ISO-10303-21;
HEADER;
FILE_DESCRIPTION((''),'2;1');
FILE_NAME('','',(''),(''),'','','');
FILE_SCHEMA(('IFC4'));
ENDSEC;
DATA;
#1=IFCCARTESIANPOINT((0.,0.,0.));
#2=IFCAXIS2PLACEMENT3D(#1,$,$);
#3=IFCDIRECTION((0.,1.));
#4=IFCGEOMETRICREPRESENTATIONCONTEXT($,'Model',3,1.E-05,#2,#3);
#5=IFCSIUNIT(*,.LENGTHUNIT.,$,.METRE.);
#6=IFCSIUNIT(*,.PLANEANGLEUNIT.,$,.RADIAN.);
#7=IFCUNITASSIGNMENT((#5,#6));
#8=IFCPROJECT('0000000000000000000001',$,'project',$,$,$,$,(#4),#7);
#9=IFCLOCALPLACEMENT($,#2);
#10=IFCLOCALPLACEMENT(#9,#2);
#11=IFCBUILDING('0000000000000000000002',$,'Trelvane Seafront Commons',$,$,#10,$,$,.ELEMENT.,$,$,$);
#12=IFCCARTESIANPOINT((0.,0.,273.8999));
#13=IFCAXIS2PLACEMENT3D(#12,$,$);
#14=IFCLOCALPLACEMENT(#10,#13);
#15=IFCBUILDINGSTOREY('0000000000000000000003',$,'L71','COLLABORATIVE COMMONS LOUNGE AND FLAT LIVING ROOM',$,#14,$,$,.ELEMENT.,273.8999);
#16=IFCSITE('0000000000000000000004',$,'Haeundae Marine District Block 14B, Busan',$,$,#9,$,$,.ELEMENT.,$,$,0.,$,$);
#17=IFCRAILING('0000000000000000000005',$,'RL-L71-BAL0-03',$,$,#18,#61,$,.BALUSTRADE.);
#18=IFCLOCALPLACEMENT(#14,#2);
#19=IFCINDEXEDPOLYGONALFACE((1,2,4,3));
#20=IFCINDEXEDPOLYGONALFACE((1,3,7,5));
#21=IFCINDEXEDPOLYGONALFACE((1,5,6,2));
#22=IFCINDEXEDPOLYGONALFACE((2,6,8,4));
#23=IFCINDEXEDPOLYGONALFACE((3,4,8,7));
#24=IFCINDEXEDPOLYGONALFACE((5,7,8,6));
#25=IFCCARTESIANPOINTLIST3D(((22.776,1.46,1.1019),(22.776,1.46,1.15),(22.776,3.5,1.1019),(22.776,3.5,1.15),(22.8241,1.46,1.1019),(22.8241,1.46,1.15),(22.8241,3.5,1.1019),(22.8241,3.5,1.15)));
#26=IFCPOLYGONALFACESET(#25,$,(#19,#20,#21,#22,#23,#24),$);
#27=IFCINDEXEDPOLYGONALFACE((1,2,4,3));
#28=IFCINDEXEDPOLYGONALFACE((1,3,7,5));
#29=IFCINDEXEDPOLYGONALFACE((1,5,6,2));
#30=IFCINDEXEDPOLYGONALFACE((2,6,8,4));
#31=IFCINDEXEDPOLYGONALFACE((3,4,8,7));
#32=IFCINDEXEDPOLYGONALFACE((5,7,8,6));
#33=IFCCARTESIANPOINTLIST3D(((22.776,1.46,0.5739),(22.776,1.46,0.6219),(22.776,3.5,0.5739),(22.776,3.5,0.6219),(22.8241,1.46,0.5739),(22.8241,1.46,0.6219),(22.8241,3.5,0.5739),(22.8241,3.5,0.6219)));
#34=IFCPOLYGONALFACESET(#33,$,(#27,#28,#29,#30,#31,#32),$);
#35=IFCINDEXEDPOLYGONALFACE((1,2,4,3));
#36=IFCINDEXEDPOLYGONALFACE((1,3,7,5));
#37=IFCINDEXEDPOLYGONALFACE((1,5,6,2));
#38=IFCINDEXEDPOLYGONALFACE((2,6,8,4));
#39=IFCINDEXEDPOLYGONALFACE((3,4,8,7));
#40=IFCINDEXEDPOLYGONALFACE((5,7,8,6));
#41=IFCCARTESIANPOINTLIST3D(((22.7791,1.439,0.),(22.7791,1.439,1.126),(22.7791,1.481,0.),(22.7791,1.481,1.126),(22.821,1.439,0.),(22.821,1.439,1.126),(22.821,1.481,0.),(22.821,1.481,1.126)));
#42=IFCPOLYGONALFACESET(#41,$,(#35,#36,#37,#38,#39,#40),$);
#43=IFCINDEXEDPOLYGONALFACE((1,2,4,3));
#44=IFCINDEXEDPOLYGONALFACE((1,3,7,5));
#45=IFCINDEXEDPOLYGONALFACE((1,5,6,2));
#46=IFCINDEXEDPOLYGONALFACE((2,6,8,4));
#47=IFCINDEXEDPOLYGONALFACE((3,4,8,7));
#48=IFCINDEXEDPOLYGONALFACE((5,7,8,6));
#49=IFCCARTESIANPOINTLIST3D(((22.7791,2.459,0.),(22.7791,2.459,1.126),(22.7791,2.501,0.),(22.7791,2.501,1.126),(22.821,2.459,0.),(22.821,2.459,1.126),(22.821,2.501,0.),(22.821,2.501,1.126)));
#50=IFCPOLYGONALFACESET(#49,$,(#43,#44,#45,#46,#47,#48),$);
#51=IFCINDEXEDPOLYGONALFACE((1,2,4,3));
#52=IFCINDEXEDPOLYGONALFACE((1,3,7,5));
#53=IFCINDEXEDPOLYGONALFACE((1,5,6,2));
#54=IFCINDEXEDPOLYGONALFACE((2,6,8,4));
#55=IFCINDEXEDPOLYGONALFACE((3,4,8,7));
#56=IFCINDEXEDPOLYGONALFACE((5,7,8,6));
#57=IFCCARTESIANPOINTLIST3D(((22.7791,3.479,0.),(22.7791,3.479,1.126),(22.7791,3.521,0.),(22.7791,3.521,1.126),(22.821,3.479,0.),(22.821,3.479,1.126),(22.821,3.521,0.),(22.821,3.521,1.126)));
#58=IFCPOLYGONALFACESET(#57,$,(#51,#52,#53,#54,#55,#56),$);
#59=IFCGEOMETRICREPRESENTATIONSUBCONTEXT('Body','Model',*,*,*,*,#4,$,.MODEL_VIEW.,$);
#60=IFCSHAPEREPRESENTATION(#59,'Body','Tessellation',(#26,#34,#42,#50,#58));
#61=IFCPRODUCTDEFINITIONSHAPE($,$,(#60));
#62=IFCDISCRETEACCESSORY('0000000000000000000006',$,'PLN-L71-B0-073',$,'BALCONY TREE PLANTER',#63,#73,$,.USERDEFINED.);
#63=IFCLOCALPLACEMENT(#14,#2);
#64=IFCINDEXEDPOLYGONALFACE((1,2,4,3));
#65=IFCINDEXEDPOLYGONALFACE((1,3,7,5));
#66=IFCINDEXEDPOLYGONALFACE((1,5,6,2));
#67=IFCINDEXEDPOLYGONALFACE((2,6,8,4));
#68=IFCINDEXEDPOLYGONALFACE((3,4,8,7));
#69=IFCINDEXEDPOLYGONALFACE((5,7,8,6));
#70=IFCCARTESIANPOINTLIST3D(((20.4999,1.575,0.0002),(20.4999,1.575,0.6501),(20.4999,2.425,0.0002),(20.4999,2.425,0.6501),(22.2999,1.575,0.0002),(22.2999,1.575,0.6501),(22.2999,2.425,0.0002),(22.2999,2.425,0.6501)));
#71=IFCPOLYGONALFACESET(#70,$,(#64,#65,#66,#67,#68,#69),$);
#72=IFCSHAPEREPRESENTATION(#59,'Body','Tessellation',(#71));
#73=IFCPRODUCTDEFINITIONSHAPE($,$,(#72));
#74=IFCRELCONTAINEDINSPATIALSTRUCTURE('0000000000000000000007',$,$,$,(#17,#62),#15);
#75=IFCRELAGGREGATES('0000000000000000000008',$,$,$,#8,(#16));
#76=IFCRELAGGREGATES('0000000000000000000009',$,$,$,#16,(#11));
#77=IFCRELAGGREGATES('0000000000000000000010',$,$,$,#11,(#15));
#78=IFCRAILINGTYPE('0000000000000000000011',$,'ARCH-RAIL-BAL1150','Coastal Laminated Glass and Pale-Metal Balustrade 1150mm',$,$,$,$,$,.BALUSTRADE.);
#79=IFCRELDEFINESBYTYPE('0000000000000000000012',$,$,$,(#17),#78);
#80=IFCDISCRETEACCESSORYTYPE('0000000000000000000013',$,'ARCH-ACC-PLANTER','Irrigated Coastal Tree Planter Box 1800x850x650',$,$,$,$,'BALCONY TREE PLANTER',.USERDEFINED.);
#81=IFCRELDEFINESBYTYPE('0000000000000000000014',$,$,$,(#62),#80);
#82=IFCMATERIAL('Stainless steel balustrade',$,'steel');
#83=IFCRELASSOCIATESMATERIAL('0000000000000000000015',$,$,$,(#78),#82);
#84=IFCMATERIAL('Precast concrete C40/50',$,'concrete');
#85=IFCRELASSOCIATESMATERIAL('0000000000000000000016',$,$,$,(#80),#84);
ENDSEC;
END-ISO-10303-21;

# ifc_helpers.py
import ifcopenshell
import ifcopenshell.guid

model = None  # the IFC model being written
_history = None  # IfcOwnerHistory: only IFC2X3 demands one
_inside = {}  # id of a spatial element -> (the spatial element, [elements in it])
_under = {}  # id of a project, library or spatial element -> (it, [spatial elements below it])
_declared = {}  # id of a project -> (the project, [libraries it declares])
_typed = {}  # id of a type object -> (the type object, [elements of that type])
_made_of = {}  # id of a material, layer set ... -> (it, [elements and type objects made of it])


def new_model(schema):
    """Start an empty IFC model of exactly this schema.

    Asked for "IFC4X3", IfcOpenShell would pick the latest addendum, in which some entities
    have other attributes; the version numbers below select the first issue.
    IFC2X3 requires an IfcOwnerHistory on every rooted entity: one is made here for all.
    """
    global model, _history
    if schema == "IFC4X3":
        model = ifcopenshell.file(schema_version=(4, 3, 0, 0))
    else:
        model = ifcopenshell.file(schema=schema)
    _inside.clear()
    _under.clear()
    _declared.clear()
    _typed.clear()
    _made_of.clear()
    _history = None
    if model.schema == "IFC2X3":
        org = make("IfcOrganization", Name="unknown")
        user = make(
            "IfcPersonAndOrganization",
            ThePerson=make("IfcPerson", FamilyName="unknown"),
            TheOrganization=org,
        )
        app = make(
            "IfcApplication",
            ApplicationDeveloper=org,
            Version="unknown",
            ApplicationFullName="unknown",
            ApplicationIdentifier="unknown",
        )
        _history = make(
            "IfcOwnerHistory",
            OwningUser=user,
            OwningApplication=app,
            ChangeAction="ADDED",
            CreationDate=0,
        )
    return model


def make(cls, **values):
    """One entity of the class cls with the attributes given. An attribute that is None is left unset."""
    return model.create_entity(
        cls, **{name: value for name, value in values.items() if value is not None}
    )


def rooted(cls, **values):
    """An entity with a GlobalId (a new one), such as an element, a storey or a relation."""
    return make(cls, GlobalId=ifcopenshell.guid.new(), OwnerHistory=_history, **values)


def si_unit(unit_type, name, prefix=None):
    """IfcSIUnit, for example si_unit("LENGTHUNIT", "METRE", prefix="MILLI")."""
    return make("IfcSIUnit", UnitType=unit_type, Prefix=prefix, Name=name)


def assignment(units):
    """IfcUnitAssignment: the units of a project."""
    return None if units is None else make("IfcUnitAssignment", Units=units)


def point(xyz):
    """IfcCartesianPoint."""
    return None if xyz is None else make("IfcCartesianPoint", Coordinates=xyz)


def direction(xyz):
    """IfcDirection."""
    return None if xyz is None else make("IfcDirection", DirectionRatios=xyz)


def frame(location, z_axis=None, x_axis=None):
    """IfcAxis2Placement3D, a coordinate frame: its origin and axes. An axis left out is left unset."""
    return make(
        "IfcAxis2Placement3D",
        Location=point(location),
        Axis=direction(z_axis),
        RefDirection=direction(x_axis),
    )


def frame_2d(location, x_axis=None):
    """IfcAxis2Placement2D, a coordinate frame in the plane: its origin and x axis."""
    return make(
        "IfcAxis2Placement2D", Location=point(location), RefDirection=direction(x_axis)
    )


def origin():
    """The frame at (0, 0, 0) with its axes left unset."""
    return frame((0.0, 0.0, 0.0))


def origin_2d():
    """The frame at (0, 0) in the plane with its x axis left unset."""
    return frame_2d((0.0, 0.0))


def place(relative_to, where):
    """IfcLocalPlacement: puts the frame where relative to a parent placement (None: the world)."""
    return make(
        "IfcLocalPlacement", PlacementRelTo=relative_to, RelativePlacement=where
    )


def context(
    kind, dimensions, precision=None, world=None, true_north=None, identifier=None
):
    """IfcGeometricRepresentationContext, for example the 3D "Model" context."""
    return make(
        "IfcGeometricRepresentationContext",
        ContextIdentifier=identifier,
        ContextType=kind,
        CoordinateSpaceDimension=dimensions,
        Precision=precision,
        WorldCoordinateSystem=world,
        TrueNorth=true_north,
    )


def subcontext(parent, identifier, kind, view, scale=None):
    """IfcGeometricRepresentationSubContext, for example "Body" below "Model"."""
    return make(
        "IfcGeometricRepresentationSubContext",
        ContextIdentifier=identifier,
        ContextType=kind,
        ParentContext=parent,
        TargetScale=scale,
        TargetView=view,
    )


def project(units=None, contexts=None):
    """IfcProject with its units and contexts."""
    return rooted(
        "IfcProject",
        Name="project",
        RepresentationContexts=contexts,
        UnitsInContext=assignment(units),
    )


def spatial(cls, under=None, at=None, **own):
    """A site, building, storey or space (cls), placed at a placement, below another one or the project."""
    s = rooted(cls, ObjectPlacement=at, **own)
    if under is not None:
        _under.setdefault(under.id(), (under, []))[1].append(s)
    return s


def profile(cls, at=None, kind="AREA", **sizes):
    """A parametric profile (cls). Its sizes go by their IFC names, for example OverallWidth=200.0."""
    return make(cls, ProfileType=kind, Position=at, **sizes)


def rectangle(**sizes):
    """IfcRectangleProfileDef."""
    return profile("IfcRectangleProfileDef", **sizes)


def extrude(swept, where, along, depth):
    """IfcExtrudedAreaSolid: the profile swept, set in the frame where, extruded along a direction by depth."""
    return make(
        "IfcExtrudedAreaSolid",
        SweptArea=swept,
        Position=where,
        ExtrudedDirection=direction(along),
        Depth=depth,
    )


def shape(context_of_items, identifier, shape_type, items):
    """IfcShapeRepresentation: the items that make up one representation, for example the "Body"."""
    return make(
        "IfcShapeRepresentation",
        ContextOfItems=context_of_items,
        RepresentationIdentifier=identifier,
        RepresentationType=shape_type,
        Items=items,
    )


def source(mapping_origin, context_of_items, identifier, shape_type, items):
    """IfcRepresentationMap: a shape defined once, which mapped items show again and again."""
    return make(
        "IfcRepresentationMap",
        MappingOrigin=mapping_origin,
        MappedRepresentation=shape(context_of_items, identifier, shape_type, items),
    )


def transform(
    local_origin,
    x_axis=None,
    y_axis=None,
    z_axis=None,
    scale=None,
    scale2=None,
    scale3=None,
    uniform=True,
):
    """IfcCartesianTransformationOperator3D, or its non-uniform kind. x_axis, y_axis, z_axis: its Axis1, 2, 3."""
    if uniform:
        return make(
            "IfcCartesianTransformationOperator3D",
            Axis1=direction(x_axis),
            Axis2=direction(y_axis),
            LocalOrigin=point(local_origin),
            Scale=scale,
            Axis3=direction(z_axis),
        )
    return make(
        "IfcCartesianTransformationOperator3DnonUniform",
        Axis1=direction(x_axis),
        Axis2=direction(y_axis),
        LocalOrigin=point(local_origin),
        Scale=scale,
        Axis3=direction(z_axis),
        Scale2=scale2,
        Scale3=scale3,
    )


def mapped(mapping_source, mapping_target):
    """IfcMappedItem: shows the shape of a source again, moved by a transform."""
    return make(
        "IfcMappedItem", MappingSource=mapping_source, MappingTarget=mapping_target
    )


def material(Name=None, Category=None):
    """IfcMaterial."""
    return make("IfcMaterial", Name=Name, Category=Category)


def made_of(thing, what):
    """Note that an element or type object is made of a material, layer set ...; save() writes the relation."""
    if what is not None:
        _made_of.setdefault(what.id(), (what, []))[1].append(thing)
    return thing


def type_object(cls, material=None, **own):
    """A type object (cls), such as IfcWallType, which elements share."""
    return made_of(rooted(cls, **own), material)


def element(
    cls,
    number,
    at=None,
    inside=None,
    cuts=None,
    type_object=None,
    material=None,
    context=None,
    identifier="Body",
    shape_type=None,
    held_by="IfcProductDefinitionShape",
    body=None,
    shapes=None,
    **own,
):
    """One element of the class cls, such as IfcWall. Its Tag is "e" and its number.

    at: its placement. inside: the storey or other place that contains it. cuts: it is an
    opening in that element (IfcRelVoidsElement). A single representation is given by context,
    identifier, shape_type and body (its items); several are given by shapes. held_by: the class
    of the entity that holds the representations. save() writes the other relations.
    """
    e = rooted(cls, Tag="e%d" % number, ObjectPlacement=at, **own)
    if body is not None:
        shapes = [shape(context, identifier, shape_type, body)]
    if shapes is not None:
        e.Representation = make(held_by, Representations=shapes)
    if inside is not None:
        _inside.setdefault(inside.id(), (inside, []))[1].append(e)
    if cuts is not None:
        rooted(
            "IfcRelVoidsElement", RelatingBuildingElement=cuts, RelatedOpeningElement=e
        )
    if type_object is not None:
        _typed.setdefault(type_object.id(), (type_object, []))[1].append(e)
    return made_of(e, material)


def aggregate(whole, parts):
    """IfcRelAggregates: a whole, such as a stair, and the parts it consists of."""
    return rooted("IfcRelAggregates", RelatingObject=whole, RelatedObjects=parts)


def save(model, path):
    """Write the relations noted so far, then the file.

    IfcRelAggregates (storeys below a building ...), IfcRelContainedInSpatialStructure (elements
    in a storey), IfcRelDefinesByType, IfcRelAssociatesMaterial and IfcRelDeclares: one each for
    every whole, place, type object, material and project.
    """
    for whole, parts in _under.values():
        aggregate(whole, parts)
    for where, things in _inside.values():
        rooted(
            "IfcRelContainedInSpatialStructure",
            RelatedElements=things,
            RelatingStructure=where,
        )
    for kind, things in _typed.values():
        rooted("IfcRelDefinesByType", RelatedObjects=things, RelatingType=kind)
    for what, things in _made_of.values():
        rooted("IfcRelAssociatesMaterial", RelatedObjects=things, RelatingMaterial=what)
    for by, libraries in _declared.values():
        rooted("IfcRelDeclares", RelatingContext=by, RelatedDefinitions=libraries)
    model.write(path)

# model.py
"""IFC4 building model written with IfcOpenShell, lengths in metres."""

from ifc_helpers import new_model, si_unit, direction, frame, origin, origin_2d, place, context, subcontext, project, spatial, rectangle, extrude, source, transform, mapped, material, type_object, element, save


model = new_model("IFC4")

# Units and contexts
model_context = context("Model", 3, precision=1e-05, world=origin(), true_north=direction((0.0, 1.0)))
body_context = subcontext(model_context, "Body", "Model", "MODEL_VIEW")
ifc_project = project(units=[si_unit("LENGTHUNIT", "METRE"), si_unit("PLANEANGLEUNIT", "RADIAN")], contexts=[model_context])

# Site, building, storey
site_placement = place(None, origin())
site = spatial("IfcSite", under=ifc_project, at=site_placement, Name="Haeundae Marine District Block 14B, Busan", CompositionType="ELEMENT", RefElevation=0.0)
building_placement = place(site_placement, origin())
building = spatial("IfcBuilding", under=site, at=building_placement, Name="Trelvane Seafront Commons", CompositionType="ELEMENT")
storey_placement = place(building_placement, frame((0.0, 0.0, 273.8999)))
storey = spatial("IfcBuildingStorey", under=building, at=storey_placement, Name="L71", Description="COLLABORATIVE COMMONS LOUNGE AND FLAT LIVING ROOM", CompositionType="ELEMENT", Elevation=273.8999)

# Railing
ifc_material_1 = material(Name="Stainless steel balustrade", Category="steel")
railing_type = type_object("IfcRailingType", Name="ARCH-RAIL-BAL1150", Description="Coastal Laminated Glass and Pale-Metal Balustrade 1150mm", PredefinedType="BALUSTRADE", material=ifc_material_1)
railing_1_placement = place(storey_placement, frame((22.8, 1.46, 0.0)))
element("IfcRailing", 1, at=railing_1_placement, inside=storey, type_object=railing_type, Name="RL-L71-BAL0-03", PredefinedType="BALUSTRADE", context=body_context, shape_type="SweptSolid", body=[
    extrude(rectangle(XDim=0.0481, YDim=0.0481, at=origin_2d()), frame((0.0, 0.0, 1.126), z_axis=(0.0, 1.0, 0.0), x_axis=(-1.0, 0.0, 0.0)), (0.0, 0.0, 1.0), 2.04),
    extrude(rectangle(XDim=0.0481, YDim=0.0481, at=origin_2d()), frame((0.0, 0.0, 0.5979), z_axis=(0.0, 1.0, 0.0), x_axis=(-1.0, 0.0, 0.0)), (0.0, 0.0, 1.0), 2.04),
    extrude(rectangle(XDim=0.042, YDim=0.042, at=origin_2d()), origin(), (0.0, 0.0, 1.0), 1.126),
    extrude(rectangle(XDim=0.042, YDim=0.042, at=origin_2d()), frame((0.0, 1.02, 0.0)), (0.0, 0.0, 1.0), 1.126),
    extrude(rectangle(XDim=0.042, YDim=0.042, at=origin_2d()), frame((0.0, 2.04, 0.0)), (0.0, 0.0, 1.0), 1.126),
])

# Discrete accessory
ifc_material_2 = material(Name="Precast concrete C40/50", Category="concrete")
discrete_accessory_type = type_object("IfcDiscreteAccessoryType", Name="ARCH-ACC-PLANTER", Description="Irrigated Coastal Tree Planter Box 1800x850x650", ElementType="BALCONY TREE PLANTER", PredefinedType="USERDEFINED", material=ifc_material_2)
shared_shape_1 = source(origin(), body_context, "Body", "SweptSolid", [
    extrude(rectangle(XDim=1.8, YDim=0.8501, at=origin_2d()), origin(), (0.0, 0.0, 1.0), 0.6499),
])
discrete_accessory_placement = place(storey_placement, frame((21.3999, 2.0, 0.0002), z_axis=(0.0, 0.0, 1.0), x_axis=(1.0, 0.0, 0.0)))
element("IfcDiscreteAccessory", 2, at=discrete_accessory_placement, inside=storey, type_object=discrete_accessory_type, Name="PLN-L71-B0-073", ObjectType="BALCONY TREE PLANTER", PredefinedType="USERDEFINED", context=body_context, shape_type="MappedRepresentation", body=[
    mapped(shared_shape_1, transform((0.0, 0.0, 0.0), x_axis=(1.0, 0.0, 0.0), y_axis=(0.0, 1.0, 0.0), z_axis=(0.0, 0.0, 1.0), scale=1.0)),
])

save(model, "model.ifc")
